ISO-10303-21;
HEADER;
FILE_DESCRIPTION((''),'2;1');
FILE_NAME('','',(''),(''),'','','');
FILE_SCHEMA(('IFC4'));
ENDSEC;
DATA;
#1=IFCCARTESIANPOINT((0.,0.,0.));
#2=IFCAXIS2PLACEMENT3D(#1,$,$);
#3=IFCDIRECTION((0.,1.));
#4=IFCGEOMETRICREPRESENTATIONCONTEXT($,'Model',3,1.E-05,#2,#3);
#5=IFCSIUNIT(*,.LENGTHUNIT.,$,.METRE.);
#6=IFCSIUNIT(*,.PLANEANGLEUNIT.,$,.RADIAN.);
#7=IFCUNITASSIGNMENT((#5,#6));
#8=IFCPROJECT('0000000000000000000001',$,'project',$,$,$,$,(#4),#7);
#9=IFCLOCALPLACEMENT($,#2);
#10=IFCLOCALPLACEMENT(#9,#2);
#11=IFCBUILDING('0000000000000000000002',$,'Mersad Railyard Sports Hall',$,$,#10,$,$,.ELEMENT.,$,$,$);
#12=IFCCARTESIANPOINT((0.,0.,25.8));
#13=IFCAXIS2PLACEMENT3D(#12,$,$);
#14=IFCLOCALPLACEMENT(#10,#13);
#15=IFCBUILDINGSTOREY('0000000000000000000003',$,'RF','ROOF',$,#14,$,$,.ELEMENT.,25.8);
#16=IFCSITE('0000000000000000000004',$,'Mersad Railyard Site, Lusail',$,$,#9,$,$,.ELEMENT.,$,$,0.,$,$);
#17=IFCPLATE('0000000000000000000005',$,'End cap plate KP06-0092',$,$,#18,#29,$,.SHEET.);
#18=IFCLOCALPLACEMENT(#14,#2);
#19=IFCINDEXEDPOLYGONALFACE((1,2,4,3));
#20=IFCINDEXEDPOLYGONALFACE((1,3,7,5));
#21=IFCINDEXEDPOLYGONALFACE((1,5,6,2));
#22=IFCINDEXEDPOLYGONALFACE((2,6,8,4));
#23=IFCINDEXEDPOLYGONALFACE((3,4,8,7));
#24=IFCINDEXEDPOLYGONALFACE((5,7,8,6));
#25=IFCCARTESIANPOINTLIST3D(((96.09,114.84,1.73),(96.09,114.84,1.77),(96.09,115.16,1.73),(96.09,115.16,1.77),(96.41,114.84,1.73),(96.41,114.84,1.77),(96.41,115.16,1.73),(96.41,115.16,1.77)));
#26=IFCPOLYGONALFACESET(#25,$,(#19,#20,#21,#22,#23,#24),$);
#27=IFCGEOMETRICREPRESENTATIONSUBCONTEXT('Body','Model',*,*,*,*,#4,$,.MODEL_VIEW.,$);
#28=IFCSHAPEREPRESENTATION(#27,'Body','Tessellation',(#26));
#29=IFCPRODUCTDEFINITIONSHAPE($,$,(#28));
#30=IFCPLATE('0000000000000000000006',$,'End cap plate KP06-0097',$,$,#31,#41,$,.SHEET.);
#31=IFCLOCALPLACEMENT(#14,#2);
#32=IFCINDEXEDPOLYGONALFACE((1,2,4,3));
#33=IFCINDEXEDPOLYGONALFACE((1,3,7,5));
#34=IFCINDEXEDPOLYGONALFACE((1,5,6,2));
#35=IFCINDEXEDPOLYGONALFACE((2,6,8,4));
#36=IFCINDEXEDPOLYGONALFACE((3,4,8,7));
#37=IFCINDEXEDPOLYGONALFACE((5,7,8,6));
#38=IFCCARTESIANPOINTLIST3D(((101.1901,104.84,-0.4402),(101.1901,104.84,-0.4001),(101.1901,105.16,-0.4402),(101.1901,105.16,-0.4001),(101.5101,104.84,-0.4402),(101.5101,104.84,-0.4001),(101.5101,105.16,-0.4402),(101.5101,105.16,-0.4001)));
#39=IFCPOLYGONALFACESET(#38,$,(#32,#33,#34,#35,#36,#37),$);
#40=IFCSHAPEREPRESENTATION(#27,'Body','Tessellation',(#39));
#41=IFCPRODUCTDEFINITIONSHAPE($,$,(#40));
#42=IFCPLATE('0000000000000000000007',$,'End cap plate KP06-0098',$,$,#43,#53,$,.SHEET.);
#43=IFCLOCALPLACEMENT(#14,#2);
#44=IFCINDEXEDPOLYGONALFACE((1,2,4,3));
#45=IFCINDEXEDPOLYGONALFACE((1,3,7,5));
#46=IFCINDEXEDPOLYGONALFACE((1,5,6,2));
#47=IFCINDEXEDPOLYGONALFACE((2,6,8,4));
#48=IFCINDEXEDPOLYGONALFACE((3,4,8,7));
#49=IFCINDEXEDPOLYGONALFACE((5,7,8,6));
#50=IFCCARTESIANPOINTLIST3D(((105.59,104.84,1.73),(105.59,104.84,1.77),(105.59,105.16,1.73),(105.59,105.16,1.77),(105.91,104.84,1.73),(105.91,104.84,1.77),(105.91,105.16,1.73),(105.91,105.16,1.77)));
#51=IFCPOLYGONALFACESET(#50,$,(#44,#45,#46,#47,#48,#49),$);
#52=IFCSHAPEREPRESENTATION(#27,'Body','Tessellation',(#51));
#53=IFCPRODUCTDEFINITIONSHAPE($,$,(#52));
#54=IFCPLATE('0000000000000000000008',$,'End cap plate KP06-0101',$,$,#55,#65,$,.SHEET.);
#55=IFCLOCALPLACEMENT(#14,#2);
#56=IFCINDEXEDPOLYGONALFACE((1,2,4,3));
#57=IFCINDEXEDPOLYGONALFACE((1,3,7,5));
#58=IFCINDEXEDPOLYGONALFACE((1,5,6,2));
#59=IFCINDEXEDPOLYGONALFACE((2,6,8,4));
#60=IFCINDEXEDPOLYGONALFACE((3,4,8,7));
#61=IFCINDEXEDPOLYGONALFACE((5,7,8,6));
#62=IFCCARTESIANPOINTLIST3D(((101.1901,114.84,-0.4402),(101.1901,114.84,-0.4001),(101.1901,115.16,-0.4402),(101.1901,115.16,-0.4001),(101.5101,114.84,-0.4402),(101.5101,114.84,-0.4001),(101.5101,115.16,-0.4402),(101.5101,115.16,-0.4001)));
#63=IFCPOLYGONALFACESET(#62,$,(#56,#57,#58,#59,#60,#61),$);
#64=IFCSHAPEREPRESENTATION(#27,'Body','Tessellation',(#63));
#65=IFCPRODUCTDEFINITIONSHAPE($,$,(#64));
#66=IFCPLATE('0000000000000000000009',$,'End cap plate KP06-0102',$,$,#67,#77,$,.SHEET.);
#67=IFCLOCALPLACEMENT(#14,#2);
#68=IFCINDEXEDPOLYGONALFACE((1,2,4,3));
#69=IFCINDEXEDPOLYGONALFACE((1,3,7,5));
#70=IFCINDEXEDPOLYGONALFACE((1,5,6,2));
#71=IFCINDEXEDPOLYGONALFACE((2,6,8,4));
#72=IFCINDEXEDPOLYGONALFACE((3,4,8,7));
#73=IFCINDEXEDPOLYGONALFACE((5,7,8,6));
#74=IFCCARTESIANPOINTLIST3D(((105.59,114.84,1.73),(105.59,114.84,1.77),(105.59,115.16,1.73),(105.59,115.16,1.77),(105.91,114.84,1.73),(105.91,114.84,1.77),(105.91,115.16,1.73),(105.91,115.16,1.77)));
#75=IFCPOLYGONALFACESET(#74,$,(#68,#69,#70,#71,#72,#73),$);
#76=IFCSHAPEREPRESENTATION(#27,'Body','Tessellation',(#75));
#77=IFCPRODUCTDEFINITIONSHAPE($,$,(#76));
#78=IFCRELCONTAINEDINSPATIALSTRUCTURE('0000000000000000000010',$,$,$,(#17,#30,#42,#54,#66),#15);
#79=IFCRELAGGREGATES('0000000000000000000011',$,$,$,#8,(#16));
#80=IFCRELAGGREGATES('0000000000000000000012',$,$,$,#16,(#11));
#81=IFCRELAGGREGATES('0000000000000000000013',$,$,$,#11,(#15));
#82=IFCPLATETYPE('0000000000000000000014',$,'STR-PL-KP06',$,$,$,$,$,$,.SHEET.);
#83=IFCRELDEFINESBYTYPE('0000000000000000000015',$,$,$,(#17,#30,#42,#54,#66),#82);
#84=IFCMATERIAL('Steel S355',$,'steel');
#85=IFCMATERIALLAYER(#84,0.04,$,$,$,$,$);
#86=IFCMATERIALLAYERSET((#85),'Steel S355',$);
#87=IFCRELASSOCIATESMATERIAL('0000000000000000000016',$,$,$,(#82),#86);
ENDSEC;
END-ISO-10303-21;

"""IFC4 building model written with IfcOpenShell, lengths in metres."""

from ifc_helpers import new_model, si_unit, direction, frame, origin, origin_2d, place, context, subcontext, project, spatial, rectangle, extrude, material, layer, layer_set, type_object, element, save


model = new_model("IFC4")

# Units and contexts
model_context = context("Model", 3, precision=1e-05, world=origin(), true_north=direction((0.0, 1.0)))
body_context = subcontext(model_context, "Body", "Model", "MODEL_VIEW")
ifc_project = project(units=[si_unit("LENGTHUNIT", "METRE"), si_unit("PLANEANGLEUNIT", "RADIAN")], contexts=[model_context])

# Site, building, storey
site_placement = place(None, origin())
site = spatial("IfcSite", under=ifc_project, at=site_placement, Name="Mersad Railyard Site, Lusail", CompositionType="ELEMENT", RefElevation=0.0)
building_placement = place(site_placement, origin())
building = spatial("IfcBuilding", under=site, at=building_placement, Name="Mersad Railyard Sports Hall", CompositionType="ELEMENT")
storey_placement = place(building_placement, frame((0.0, 0.0, 25.8)))
storey = spatial("IfcBuildingStorey", under=building, at=storey_placement, Name="RF", Description="ROOF", CompositionType="ELEMENT", Elevation=25.8)

# Shared definitions
ifc_material_1 = material(Name="Steel S355", Category="steel")

# Plates
ifc_layer_1 = layer(ifc_material_1, 0.04)
ifc_layer_set_1 = layer_set([ifc_layer_1], Name="Steel S355")
plate_type_1 = type_object("IfcPlateType", Name="STR-PL-KP06", PredefinedType="SHEET", material=ifc_layer_set_1)
for number, where, z_axis, x_axis, name in (
    (1, (96.25, 115.0, 1.73), (0.0, 0.0, 1.0), (1.0, 0.0, 0.0), "End cap plate KP06-0092"),
    (2, (101.3501, 105.0, -0.4402), (0.0, 0.0, 1.0), (1.0, 0.0, 0.0), "End cap plate KP06-0097"),
    (3, (105.75, 105.0, 1.73), (0.0, 0.0, 1.0), (1.0, 0.0, 0.0), "End cap plate KP06-0098"),
    (4, (101.3501, 115.0, -0.4402), (0.0, 0.0, 1.0), (1.0, 0.0, 0.0), "End cap plate KP06-0101"),
    (5, (105.75, 115.0, 1.73), (0.0, 0.0, 1.0), (1.0, 0.0, 0.0), "End cap plate KP06-0102"),
):
    element("IfcPlate", number, at=place(storey_placement, frame(where, z_axis=z_axis, x_axis=x_axis)), inside=storey, type_object=plate_type_1, Name=name, PredefinedType="SHEET", context=body_context, shape_type="SweptSolid", body=[
        extrude(rectangle(XDim=0.3201, YDim=0.3201, at=origin_2d()), origin(), (0.0, 0.0, 1.0), 0.04),
    ])

save(model, "model.ifc")
